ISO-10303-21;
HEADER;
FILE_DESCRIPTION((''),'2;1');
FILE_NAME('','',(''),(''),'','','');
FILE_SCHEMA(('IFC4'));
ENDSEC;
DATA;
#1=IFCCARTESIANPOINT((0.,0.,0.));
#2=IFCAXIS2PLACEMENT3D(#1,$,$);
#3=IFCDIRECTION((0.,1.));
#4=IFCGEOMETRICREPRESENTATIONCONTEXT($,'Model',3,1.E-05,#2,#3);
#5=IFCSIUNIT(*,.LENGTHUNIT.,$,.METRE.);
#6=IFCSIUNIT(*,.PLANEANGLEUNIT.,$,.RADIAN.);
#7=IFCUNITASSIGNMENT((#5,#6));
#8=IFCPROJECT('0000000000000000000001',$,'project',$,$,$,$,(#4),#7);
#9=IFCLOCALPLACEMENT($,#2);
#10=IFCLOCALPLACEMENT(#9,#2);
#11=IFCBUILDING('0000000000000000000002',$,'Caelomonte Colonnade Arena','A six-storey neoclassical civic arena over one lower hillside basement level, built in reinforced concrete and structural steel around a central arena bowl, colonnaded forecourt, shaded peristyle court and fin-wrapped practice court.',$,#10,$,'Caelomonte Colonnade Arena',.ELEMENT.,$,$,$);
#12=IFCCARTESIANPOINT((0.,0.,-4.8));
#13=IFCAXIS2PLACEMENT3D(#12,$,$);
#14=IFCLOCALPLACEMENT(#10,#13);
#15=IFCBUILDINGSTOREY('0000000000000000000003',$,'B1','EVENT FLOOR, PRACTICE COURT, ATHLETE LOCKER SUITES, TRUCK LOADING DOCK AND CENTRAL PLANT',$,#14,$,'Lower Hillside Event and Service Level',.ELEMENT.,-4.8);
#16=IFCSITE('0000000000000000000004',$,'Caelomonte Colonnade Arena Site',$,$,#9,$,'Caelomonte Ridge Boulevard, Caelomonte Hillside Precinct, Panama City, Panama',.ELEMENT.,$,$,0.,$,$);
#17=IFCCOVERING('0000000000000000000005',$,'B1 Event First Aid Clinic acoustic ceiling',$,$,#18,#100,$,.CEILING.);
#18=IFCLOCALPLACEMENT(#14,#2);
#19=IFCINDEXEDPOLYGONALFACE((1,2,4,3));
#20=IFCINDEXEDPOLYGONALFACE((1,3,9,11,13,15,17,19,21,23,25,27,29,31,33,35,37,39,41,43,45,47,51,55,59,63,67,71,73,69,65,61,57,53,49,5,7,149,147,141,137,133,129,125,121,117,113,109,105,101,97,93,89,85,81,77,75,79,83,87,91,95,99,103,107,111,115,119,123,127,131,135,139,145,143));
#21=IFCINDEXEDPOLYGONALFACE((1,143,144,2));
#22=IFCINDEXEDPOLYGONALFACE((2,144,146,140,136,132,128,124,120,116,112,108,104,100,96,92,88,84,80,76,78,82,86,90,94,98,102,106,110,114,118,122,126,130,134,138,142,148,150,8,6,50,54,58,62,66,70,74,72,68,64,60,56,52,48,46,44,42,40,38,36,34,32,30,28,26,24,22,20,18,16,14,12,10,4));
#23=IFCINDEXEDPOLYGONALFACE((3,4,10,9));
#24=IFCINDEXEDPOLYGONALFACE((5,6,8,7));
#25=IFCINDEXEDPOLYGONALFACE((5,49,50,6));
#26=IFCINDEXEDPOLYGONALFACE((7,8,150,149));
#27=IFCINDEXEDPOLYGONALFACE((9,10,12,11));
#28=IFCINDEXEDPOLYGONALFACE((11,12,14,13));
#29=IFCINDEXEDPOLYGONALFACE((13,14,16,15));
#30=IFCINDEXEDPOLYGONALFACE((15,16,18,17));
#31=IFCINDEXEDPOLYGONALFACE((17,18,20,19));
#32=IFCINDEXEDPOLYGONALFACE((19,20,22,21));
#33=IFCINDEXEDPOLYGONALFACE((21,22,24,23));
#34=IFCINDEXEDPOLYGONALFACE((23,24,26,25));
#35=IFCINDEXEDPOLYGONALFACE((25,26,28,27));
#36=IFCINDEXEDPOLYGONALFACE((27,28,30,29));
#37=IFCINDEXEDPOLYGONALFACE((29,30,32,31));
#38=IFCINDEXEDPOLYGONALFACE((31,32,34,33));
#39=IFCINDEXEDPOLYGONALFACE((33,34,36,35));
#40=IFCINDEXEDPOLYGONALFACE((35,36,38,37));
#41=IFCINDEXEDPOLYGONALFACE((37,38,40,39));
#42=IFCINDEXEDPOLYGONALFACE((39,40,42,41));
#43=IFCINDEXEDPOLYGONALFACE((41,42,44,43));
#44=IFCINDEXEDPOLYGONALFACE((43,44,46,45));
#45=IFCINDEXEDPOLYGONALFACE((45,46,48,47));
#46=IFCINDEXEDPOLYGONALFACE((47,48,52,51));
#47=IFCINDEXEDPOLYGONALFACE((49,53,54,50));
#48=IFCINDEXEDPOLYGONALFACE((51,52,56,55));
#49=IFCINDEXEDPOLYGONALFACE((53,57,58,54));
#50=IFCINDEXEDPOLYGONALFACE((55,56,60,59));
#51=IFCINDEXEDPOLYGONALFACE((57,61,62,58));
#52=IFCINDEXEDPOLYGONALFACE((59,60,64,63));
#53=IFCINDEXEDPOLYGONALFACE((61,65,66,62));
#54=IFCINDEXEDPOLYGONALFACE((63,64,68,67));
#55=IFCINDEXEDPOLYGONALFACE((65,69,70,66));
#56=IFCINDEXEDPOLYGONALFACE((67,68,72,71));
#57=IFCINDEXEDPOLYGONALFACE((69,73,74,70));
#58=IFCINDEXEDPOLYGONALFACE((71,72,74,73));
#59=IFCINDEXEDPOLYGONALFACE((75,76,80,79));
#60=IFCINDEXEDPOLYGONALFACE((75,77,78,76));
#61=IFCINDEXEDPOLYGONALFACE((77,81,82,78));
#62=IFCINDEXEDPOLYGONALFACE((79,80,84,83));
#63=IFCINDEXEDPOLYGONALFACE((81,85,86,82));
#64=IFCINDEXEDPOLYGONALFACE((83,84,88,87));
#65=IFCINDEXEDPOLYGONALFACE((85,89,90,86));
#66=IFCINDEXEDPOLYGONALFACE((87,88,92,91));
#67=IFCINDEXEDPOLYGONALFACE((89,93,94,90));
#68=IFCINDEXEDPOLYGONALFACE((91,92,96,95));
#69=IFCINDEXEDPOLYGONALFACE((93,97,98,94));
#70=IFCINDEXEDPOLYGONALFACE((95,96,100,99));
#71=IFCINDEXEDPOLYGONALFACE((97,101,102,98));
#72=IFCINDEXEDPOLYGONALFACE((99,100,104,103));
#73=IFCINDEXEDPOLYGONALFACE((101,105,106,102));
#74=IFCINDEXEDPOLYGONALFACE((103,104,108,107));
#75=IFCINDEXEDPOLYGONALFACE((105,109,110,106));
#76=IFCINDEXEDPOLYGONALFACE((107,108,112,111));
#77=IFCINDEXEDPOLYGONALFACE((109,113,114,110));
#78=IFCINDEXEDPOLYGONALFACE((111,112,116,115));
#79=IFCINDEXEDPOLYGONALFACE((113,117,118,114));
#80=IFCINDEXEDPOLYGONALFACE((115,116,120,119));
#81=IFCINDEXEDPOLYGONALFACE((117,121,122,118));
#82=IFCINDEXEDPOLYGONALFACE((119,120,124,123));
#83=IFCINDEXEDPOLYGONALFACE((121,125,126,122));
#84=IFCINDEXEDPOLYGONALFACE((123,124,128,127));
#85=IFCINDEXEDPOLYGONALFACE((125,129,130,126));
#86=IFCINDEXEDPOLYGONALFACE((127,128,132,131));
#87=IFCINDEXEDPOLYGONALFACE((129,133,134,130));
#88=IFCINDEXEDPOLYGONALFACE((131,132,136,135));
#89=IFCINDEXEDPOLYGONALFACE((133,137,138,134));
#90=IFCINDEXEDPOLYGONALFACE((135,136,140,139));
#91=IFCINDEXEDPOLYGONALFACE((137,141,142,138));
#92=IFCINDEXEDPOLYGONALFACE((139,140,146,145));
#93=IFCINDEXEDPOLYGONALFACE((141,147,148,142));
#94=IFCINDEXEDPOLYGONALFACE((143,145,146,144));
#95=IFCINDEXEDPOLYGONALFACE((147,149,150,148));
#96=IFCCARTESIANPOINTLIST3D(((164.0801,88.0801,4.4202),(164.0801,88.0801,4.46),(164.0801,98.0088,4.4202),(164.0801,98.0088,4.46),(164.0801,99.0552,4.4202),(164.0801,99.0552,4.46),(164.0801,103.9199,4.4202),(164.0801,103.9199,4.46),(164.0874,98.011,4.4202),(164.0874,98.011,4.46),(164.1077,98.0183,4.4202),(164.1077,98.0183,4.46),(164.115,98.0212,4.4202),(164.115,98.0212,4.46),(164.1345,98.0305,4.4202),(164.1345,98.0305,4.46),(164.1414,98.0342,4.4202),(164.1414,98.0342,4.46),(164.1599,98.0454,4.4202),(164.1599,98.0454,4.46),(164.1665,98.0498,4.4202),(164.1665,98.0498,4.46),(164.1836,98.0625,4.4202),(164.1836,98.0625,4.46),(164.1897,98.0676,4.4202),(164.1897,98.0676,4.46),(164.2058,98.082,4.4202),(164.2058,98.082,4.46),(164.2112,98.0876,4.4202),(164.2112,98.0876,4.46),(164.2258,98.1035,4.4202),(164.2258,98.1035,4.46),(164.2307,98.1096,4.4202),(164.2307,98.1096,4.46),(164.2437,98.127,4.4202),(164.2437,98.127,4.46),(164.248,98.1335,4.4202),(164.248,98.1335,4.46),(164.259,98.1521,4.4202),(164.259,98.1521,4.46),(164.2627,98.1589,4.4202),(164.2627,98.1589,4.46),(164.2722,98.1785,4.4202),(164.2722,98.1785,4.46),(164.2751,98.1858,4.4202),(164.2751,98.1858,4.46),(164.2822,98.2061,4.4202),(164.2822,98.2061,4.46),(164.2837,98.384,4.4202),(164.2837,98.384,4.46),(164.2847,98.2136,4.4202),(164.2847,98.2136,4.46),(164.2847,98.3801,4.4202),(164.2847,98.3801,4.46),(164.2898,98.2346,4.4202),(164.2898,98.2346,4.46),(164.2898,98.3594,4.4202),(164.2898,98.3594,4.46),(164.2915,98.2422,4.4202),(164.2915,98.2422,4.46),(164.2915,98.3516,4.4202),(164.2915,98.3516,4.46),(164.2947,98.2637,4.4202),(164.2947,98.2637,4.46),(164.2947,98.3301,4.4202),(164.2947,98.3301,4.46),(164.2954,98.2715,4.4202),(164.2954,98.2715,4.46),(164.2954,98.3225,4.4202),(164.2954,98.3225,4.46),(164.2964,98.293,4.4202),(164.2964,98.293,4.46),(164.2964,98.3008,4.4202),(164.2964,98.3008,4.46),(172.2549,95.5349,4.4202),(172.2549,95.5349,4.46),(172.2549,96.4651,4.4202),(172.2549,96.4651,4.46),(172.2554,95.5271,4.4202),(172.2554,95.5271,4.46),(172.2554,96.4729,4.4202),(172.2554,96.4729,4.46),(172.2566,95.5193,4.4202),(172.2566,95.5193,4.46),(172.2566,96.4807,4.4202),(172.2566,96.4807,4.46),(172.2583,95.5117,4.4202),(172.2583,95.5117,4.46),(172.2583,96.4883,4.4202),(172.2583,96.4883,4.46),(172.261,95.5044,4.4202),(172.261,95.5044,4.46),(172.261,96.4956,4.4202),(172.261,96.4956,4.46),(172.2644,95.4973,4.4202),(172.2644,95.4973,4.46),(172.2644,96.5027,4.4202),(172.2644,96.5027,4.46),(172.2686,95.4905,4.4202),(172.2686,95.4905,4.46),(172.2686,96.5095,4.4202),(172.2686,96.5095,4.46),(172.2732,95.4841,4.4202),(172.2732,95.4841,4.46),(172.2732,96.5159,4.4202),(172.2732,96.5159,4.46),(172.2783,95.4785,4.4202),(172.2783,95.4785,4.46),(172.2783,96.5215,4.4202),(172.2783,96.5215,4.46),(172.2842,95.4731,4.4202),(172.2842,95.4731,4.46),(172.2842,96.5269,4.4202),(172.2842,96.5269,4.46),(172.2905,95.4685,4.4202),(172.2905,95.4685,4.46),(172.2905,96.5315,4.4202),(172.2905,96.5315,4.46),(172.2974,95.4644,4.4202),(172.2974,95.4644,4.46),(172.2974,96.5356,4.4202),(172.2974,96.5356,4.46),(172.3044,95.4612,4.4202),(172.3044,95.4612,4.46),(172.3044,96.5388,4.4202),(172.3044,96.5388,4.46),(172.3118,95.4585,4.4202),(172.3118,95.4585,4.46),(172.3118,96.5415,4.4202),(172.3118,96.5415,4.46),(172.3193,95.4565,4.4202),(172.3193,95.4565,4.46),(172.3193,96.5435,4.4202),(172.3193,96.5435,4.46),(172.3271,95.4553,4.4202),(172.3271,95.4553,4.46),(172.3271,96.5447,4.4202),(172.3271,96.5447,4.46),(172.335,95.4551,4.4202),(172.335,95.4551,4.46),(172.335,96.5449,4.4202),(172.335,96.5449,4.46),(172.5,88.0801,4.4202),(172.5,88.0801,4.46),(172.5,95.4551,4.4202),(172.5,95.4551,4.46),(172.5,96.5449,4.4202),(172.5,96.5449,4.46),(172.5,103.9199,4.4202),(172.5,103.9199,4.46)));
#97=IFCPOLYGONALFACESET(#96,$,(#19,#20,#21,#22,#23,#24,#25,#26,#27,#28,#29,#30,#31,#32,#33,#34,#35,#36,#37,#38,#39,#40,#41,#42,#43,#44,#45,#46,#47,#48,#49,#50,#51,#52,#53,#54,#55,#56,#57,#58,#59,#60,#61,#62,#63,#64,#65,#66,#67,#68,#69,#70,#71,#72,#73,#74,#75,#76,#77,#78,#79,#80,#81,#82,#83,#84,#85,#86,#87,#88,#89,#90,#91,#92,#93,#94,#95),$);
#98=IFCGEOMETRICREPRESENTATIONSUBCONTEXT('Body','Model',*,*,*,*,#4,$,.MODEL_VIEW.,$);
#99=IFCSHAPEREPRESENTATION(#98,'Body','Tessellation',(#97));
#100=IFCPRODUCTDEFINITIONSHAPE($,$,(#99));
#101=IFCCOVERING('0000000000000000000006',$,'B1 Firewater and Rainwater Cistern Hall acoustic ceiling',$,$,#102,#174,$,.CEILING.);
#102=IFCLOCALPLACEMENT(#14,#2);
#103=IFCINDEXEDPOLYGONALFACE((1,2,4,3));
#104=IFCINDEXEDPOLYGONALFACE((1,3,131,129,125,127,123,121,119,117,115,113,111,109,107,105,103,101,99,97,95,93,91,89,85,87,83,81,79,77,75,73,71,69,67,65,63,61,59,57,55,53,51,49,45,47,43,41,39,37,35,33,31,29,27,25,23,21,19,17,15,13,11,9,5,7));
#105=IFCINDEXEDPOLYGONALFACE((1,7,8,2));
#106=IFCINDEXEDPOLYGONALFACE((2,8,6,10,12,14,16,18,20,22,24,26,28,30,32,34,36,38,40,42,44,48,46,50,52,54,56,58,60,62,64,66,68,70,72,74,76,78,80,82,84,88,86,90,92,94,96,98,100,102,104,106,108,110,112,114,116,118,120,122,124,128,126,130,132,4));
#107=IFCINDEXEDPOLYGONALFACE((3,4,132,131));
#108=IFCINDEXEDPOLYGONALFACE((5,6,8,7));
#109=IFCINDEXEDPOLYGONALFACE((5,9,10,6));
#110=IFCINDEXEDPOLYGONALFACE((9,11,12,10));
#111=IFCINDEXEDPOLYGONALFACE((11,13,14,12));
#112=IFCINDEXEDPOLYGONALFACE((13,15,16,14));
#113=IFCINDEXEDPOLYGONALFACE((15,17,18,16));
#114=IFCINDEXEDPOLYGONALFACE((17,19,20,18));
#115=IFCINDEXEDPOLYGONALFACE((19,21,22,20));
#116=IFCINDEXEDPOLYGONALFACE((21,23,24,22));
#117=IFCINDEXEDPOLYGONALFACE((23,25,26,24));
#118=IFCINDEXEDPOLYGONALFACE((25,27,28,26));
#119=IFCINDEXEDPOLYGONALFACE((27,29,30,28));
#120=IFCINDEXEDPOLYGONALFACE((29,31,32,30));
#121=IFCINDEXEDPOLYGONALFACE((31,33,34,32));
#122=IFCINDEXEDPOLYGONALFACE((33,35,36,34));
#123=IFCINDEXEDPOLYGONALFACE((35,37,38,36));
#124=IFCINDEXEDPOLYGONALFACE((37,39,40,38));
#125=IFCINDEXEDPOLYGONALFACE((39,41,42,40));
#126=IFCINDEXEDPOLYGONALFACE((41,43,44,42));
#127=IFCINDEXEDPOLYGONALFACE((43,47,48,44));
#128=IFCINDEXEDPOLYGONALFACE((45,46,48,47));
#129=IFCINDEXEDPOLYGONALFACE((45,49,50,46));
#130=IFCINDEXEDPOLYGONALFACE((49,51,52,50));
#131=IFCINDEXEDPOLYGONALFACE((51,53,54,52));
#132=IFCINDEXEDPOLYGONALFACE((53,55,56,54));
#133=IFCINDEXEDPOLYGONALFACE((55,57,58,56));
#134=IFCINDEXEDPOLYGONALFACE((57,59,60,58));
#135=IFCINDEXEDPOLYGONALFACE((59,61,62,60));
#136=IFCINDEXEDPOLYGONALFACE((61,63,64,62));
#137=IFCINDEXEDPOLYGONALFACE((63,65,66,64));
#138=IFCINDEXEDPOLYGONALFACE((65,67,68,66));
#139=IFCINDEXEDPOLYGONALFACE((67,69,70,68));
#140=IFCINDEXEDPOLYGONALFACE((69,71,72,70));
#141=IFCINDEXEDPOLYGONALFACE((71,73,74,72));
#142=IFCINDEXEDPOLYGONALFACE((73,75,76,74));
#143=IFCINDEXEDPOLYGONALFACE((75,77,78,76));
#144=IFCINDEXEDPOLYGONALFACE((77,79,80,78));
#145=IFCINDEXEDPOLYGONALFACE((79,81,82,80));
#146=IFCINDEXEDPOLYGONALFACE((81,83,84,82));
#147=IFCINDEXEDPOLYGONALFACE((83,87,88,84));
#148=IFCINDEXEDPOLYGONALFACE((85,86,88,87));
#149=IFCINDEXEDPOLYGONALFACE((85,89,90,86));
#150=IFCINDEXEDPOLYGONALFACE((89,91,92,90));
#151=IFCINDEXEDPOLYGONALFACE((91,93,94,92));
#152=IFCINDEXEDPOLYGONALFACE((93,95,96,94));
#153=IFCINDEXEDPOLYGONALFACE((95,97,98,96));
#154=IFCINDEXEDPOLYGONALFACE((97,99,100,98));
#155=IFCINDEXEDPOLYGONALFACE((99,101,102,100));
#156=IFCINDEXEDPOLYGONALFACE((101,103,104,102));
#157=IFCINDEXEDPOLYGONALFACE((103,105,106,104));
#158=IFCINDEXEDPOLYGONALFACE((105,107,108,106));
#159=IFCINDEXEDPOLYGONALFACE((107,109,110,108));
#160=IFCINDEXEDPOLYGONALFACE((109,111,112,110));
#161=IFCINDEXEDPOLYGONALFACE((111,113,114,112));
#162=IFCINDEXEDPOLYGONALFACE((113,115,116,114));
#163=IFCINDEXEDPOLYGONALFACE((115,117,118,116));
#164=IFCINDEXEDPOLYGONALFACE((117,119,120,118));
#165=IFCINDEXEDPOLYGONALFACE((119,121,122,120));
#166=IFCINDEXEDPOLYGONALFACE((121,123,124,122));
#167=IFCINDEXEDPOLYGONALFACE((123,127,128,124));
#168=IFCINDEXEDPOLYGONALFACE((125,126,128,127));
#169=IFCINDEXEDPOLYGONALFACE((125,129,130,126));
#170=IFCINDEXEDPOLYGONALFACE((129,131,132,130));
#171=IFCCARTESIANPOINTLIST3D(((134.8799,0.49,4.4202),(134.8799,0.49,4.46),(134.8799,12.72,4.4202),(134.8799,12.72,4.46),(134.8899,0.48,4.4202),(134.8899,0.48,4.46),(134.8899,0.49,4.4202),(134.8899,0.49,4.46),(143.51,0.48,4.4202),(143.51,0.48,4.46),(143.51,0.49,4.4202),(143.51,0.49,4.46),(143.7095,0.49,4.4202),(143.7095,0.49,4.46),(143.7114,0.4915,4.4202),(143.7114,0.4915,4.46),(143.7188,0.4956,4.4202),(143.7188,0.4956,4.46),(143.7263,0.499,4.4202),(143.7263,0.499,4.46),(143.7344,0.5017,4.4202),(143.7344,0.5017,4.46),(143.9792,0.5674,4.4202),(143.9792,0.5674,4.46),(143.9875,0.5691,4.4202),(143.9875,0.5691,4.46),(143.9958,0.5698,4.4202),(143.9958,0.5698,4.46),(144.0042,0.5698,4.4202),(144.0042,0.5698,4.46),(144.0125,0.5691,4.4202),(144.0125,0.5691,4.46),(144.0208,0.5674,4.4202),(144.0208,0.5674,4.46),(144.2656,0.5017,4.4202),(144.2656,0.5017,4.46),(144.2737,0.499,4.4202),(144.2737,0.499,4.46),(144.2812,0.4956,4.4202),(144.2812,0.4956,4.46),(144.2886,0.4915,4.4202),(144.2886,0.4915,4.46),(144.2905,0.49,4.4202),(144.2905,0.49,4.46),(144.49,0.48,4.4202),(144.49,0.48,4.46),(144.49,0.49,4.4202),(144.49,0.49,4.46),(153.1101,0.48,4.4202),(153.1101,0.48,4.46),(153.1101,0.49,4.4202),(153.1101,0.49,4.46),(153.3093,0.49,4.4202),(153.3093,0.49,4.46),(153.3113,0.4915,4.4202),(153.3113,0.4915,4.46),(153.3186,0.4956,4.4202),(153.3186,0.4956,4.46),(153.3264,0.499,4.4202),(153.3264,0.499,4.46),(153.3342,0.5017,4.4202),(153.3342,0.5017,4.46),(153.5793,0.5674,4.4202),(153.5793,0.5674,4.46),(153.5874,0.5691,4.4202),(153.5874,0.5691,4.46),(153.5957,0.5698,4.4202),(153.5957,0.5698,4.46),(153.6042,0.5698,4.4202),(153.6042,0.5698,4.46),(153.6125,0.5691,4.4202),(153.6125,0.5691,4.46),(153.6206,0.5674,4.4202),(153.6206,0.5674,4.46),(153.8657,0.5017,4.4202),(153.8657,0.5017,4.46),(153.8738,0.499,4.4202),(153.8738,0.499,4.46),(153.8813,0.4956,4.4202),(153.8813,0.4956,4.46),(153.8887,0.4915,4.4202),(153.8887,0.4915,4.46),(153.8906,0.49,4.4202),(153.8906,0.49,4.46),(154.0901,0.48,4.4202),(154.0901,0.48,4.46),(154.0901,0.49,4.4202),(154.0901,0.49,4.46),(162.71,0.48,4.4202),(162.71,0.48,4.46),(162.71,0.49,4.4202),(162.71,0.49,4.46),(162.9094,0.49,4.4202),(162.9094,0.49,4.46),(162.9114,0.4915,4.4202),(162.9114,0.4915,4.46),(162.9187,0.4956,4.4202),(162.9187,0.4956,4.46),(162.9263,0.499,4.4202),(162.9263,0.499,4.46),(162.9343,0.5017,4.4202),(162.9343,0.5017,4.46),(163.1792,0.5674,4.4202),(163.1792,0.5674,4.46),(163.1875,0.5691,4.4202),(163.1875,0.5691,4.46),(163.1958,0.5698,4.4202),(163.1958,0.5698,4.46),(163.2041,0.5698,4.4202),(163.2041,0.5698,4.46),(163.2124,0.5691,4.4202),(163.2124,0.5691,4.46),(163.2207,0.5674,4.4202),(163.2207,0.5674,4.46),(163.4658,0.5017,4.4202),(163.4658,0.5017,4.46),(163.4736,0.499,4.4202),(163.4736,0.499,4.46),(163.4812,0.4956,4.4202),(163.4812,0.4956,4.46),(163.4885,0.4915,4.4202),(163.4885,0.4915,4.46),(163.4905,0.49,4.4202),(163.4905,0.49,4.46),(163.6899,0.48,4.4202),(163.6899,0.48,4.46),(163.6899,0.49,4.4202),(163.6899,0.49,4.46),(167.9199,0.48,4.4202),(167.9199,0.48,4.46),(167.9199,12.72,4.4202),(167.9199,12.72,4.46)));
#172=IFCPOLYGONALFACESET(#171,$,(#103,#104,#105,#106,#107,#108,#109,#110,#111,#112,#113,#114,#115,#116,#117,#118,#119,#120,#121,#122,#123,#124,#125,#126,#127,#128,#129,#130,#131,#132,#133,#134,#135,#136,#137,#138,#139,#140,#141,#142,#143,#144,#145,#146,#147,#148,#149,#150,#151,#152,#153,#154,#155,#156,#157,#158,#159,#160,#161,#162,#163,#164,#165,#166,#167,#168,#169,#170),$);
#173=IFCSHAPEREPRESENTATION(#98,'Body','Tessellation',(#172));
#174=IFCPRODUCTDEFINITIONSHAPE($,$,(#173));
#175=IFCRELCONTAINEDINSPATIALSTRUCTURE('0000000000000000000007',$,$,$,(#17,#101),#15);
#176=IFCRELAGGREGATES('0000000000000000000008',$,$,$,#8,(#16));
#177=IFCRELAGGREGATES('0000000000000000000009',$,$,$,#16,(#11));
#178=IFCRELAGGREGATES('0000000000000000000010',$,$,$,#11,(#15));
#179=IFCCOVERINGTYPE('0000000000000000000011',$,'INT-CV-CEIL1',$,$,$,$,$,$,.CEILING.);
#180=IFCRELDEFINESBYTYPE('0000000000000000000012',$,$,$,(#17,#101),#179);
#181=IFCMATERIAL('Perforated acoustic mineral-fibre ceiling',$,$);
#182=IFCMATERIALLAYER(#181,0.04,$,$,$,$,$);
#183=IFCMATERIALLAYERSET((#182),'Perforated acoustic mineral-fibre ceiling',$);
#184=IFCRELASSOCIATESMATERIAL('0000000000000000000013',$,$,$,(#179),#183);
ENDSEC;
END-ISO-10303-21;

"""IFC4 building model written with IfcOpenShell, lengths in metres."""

from ifc_helpers import new_model, si_unit, direction, frame, origin, place, context, subcontext, project, spatial, polyline, outline, extrude, material, layer, layer_set, type_object, element, save


model = new_model("IFC4")

# Units and contexts
model_context = context("Model", 3, precision=1e-05, world=origin(), true_north=direction((0.0, 1.0)))
body_context = subcontext(model_context, "Body", "Model", "MODEL_VIEW")
ifc_project = project(units=[si_unit("LENGTHUNIT", "METRE"), si_unit("PLANEANGLEUNIT", "RADIAN")], contexts=[model_context])

# Site, building, storey
site_placement = place(None, origin())
site = spatial("IfcSite", under=ifc_project, at=site_placement, Name="Caelomonte Colonnade Arena Site", LongName="Caelomonte Ridge Boulevard, Caelomonte Hillside Precinct, Panama City, Panama", CompositionType="ELEMENT", RefElevation=0.0)
building_placement = place(site_placement, origin())
building = spatial("IfcBuilding", under=site, at=building_placement, Name="Caelomonte Colonnade Arena", Description="A six-storey neoclassical civic arena over one lower hillside basement level, built in reinforced concrete and structural steel around a central arena bowl, colonnaded forecourt, shaded peristyle court and fin-wrapped practice court.", LongName="Caelomonte Colonnade Arena", CompositionType="ELEMENT")
storey_placement = place(building_placement, frame((0.0, 0.0, -4.8)))
storey = spatial("IfcBuildingStorey", under=building, at=storey_placement, Name="B1", Description="EVENT FLOOR, PRACTICE COURT, ATHLETE LOCKER SUITES, TRUCK LOADING DOCK AND CENTRAL PLANT", LongName="Lower Hillside Event and Service Level", CompositionType="ELEMENT", Elevation=-4.8)

# Coverings
ifc_material_1 = material(Name="Perforated acoustic mineral-fibre ceiling")
ifc_layer_1 = layer(ifc_material_1, 0.04)
ifc_layer_set_1 = layer_set([ifc_layer_1], Name="Perforated acoustic mineral-fibre ceiling")
covering_type = type_object("IfcCoveringType", Name="INT-CV-CEIL1", PredefinedType="CEILING", material=ifc_layer_set_1)
covering_1_placement = place(storey_placement, frame((0.0, 0.0, 4.4202)))
element("IfcCovering", 1, at=covering_1_placement, inside=storey, type_object=covering_type, Name="B1 Event First Aid Clinic acoustic ceiling", PredefinedType="CEILING", context=body_context, shape_type="SweptSolid", body=[
    extrude(outline(polyline([(164.0874, 98.011), (164.0801, 98.0088), (164.0801, 88.0801), (172.5, 88.0801), (172.5, 95.4551), (172.335, 95.4551), (172.3271, 95.4553), (172.3193, 95.4565), (172.3118, 95.4585), (172.3044, 95.4612), (172.2974, 95.4644), (172.2905, 95.4685), (172.2842, 95.4731), (172.2783, 95.4785), (172.2732, 95.4841), (172.2686, 95.4905), (172.2644, 95.4973), (172.261, 95.5044), (172.2583, 95.5117), (172.2566, 95.5193), (172.2554, 95.5271), (172.2549, 95.5349), (172.2549, 96.4651), (172.2554, 96.4729), (172.2566, 96.4807), (172.2583, 96.4883), (172.261, 96.4956), (172.2644, 96.5027), (172.2686, 96.5095), (172.2732, 96.5159), (172.2783, 96.5215), (172.2842, 96.5269), (172.2905, 96.5315), (172.2974, 96.5356), (172.3044, 96.5388), (172.3118, 96.5415), (172.3193, 96.5435), (172.3271, 96.5447), (172.335, 96.5449), (172.5, 96.5449), (172.5, 103.9199), (164.0801, 103.9199), (164.0801, 99.0552), (164.2837, 98.384), (164.2847, 98.3801), (164.2898, 98.3594), (164.2915, 98.3516), (164.2947, 98.3301), (164.2954, 98.3225), (164.2964, 98.3008), (164.2964, 98.293), (164.2954, 98.2715), (164.2947, 98.2637), (164.2915, 98.2422), (164.2898, 98.2346), (164.2847, 98.2136), (164.2822, 98.2061), (164.2751, 98.1858), (164.2722, 98.1785), (164.2627, 98.1589), (164.259, 98.1521), (164.248, 98.1335), (164.2437, 98.127), (164.2307, 98.1096), (164.2258, 98.1035), (164.2112, 98.0876), (164.2058, 98.082), (164.1897, 98.0676), (164.1836, 98.0625), (164.1665, 98.0498), (164.1599, 98.0454), (164.1414, 98.0342), (164.1345, 98.0305), (164.115, 98.0212), (164.1077, 98.0183), (164.0874, 98.011)])), origin(), (0.0, 0.0, 1.0), 0.0398),
])
covering_2_placement = place(storey_placement, frame((0.0, 0.0, 4.4202)))
element("IfcCovering", 2, at=covering_2_placement, inside=storey, type_object=covering_type, Name="B1 Firewater and Rainwater Cistern Hall acoustic ceiling", PredefinedType="CEILING", context=body_context, shape_type="SweptSolid", body=[
    extrude(outline(polyline([(163.2124, 0.5691), (163.2207, 0.5674), (163.4658, 0.5017), (163.4736, 0.499), (163.4812, 0.4956), (163.4885, 0.4915), (163.4905, 0.49), (163.6899, 0.49), (163.6899, 0.48), (167.9199, 0.48), (167.9199, 12.72), (134.8799, 12.72), (134.8799, 0.49), (134.8899, 0.49), (134.8899, 0.48), (143.51, 0.48), (143.51, 0.49), (143.7095, 0.49), (143.7114, 0.4915), (143.7188, 0.4956), (143.7263, 0.499), (143.7344, 0.5017), (143.9792, 0.5674), (143.9875, 0.5691), (143.9958, 0.5698), (144.0042, 0.5698), (144.0125, 0.5691), (144.0208, 0.5674), (144.2656, 0.5017), (144.2737, 0.499), (144.2812, 0.4956), (144.2886, 0.4915), (144.2905, 0.49), (144.49, 0.49), (144.49, 0.48), (153.1101, 0.48), (153.1101, 0.49), (153.3093, 0.49), (153.3113, 0.4915), (153.3186, 0.4956), (153.3264, 0.499), (153.3342, 0.5017), (153.5793, 0.5674), (153.5874, 0.5691), (153.5957, 0.5698), (153.6042, 0.5698), (153.6125, 0.5691), (153.6206, 0.5674), (153.8657, 0.5017), (153.8738, 0.499), (153.8813, 0.4956), (153.8887, 0.4915), (153.8906, 0.49), (154.0901, 0.49), (154.0901, 0.48), (162.71, 0.48), (162.71, 0.49), (162.9094, 0.49), (162.9114, 0.4915), (162.9187, 0.4956), (162.9263, 0.499), (162.9343, 0.5017), (163.1792, 0.5674), (163.1875, 0.5691), (163.1958, 0.5698), (163.2041, 0.5698), (163.2124, 0.5691)])), origin(), (0.0, 0.0, 1.0), 0.0398),
])

save(model, "model.ifc")
